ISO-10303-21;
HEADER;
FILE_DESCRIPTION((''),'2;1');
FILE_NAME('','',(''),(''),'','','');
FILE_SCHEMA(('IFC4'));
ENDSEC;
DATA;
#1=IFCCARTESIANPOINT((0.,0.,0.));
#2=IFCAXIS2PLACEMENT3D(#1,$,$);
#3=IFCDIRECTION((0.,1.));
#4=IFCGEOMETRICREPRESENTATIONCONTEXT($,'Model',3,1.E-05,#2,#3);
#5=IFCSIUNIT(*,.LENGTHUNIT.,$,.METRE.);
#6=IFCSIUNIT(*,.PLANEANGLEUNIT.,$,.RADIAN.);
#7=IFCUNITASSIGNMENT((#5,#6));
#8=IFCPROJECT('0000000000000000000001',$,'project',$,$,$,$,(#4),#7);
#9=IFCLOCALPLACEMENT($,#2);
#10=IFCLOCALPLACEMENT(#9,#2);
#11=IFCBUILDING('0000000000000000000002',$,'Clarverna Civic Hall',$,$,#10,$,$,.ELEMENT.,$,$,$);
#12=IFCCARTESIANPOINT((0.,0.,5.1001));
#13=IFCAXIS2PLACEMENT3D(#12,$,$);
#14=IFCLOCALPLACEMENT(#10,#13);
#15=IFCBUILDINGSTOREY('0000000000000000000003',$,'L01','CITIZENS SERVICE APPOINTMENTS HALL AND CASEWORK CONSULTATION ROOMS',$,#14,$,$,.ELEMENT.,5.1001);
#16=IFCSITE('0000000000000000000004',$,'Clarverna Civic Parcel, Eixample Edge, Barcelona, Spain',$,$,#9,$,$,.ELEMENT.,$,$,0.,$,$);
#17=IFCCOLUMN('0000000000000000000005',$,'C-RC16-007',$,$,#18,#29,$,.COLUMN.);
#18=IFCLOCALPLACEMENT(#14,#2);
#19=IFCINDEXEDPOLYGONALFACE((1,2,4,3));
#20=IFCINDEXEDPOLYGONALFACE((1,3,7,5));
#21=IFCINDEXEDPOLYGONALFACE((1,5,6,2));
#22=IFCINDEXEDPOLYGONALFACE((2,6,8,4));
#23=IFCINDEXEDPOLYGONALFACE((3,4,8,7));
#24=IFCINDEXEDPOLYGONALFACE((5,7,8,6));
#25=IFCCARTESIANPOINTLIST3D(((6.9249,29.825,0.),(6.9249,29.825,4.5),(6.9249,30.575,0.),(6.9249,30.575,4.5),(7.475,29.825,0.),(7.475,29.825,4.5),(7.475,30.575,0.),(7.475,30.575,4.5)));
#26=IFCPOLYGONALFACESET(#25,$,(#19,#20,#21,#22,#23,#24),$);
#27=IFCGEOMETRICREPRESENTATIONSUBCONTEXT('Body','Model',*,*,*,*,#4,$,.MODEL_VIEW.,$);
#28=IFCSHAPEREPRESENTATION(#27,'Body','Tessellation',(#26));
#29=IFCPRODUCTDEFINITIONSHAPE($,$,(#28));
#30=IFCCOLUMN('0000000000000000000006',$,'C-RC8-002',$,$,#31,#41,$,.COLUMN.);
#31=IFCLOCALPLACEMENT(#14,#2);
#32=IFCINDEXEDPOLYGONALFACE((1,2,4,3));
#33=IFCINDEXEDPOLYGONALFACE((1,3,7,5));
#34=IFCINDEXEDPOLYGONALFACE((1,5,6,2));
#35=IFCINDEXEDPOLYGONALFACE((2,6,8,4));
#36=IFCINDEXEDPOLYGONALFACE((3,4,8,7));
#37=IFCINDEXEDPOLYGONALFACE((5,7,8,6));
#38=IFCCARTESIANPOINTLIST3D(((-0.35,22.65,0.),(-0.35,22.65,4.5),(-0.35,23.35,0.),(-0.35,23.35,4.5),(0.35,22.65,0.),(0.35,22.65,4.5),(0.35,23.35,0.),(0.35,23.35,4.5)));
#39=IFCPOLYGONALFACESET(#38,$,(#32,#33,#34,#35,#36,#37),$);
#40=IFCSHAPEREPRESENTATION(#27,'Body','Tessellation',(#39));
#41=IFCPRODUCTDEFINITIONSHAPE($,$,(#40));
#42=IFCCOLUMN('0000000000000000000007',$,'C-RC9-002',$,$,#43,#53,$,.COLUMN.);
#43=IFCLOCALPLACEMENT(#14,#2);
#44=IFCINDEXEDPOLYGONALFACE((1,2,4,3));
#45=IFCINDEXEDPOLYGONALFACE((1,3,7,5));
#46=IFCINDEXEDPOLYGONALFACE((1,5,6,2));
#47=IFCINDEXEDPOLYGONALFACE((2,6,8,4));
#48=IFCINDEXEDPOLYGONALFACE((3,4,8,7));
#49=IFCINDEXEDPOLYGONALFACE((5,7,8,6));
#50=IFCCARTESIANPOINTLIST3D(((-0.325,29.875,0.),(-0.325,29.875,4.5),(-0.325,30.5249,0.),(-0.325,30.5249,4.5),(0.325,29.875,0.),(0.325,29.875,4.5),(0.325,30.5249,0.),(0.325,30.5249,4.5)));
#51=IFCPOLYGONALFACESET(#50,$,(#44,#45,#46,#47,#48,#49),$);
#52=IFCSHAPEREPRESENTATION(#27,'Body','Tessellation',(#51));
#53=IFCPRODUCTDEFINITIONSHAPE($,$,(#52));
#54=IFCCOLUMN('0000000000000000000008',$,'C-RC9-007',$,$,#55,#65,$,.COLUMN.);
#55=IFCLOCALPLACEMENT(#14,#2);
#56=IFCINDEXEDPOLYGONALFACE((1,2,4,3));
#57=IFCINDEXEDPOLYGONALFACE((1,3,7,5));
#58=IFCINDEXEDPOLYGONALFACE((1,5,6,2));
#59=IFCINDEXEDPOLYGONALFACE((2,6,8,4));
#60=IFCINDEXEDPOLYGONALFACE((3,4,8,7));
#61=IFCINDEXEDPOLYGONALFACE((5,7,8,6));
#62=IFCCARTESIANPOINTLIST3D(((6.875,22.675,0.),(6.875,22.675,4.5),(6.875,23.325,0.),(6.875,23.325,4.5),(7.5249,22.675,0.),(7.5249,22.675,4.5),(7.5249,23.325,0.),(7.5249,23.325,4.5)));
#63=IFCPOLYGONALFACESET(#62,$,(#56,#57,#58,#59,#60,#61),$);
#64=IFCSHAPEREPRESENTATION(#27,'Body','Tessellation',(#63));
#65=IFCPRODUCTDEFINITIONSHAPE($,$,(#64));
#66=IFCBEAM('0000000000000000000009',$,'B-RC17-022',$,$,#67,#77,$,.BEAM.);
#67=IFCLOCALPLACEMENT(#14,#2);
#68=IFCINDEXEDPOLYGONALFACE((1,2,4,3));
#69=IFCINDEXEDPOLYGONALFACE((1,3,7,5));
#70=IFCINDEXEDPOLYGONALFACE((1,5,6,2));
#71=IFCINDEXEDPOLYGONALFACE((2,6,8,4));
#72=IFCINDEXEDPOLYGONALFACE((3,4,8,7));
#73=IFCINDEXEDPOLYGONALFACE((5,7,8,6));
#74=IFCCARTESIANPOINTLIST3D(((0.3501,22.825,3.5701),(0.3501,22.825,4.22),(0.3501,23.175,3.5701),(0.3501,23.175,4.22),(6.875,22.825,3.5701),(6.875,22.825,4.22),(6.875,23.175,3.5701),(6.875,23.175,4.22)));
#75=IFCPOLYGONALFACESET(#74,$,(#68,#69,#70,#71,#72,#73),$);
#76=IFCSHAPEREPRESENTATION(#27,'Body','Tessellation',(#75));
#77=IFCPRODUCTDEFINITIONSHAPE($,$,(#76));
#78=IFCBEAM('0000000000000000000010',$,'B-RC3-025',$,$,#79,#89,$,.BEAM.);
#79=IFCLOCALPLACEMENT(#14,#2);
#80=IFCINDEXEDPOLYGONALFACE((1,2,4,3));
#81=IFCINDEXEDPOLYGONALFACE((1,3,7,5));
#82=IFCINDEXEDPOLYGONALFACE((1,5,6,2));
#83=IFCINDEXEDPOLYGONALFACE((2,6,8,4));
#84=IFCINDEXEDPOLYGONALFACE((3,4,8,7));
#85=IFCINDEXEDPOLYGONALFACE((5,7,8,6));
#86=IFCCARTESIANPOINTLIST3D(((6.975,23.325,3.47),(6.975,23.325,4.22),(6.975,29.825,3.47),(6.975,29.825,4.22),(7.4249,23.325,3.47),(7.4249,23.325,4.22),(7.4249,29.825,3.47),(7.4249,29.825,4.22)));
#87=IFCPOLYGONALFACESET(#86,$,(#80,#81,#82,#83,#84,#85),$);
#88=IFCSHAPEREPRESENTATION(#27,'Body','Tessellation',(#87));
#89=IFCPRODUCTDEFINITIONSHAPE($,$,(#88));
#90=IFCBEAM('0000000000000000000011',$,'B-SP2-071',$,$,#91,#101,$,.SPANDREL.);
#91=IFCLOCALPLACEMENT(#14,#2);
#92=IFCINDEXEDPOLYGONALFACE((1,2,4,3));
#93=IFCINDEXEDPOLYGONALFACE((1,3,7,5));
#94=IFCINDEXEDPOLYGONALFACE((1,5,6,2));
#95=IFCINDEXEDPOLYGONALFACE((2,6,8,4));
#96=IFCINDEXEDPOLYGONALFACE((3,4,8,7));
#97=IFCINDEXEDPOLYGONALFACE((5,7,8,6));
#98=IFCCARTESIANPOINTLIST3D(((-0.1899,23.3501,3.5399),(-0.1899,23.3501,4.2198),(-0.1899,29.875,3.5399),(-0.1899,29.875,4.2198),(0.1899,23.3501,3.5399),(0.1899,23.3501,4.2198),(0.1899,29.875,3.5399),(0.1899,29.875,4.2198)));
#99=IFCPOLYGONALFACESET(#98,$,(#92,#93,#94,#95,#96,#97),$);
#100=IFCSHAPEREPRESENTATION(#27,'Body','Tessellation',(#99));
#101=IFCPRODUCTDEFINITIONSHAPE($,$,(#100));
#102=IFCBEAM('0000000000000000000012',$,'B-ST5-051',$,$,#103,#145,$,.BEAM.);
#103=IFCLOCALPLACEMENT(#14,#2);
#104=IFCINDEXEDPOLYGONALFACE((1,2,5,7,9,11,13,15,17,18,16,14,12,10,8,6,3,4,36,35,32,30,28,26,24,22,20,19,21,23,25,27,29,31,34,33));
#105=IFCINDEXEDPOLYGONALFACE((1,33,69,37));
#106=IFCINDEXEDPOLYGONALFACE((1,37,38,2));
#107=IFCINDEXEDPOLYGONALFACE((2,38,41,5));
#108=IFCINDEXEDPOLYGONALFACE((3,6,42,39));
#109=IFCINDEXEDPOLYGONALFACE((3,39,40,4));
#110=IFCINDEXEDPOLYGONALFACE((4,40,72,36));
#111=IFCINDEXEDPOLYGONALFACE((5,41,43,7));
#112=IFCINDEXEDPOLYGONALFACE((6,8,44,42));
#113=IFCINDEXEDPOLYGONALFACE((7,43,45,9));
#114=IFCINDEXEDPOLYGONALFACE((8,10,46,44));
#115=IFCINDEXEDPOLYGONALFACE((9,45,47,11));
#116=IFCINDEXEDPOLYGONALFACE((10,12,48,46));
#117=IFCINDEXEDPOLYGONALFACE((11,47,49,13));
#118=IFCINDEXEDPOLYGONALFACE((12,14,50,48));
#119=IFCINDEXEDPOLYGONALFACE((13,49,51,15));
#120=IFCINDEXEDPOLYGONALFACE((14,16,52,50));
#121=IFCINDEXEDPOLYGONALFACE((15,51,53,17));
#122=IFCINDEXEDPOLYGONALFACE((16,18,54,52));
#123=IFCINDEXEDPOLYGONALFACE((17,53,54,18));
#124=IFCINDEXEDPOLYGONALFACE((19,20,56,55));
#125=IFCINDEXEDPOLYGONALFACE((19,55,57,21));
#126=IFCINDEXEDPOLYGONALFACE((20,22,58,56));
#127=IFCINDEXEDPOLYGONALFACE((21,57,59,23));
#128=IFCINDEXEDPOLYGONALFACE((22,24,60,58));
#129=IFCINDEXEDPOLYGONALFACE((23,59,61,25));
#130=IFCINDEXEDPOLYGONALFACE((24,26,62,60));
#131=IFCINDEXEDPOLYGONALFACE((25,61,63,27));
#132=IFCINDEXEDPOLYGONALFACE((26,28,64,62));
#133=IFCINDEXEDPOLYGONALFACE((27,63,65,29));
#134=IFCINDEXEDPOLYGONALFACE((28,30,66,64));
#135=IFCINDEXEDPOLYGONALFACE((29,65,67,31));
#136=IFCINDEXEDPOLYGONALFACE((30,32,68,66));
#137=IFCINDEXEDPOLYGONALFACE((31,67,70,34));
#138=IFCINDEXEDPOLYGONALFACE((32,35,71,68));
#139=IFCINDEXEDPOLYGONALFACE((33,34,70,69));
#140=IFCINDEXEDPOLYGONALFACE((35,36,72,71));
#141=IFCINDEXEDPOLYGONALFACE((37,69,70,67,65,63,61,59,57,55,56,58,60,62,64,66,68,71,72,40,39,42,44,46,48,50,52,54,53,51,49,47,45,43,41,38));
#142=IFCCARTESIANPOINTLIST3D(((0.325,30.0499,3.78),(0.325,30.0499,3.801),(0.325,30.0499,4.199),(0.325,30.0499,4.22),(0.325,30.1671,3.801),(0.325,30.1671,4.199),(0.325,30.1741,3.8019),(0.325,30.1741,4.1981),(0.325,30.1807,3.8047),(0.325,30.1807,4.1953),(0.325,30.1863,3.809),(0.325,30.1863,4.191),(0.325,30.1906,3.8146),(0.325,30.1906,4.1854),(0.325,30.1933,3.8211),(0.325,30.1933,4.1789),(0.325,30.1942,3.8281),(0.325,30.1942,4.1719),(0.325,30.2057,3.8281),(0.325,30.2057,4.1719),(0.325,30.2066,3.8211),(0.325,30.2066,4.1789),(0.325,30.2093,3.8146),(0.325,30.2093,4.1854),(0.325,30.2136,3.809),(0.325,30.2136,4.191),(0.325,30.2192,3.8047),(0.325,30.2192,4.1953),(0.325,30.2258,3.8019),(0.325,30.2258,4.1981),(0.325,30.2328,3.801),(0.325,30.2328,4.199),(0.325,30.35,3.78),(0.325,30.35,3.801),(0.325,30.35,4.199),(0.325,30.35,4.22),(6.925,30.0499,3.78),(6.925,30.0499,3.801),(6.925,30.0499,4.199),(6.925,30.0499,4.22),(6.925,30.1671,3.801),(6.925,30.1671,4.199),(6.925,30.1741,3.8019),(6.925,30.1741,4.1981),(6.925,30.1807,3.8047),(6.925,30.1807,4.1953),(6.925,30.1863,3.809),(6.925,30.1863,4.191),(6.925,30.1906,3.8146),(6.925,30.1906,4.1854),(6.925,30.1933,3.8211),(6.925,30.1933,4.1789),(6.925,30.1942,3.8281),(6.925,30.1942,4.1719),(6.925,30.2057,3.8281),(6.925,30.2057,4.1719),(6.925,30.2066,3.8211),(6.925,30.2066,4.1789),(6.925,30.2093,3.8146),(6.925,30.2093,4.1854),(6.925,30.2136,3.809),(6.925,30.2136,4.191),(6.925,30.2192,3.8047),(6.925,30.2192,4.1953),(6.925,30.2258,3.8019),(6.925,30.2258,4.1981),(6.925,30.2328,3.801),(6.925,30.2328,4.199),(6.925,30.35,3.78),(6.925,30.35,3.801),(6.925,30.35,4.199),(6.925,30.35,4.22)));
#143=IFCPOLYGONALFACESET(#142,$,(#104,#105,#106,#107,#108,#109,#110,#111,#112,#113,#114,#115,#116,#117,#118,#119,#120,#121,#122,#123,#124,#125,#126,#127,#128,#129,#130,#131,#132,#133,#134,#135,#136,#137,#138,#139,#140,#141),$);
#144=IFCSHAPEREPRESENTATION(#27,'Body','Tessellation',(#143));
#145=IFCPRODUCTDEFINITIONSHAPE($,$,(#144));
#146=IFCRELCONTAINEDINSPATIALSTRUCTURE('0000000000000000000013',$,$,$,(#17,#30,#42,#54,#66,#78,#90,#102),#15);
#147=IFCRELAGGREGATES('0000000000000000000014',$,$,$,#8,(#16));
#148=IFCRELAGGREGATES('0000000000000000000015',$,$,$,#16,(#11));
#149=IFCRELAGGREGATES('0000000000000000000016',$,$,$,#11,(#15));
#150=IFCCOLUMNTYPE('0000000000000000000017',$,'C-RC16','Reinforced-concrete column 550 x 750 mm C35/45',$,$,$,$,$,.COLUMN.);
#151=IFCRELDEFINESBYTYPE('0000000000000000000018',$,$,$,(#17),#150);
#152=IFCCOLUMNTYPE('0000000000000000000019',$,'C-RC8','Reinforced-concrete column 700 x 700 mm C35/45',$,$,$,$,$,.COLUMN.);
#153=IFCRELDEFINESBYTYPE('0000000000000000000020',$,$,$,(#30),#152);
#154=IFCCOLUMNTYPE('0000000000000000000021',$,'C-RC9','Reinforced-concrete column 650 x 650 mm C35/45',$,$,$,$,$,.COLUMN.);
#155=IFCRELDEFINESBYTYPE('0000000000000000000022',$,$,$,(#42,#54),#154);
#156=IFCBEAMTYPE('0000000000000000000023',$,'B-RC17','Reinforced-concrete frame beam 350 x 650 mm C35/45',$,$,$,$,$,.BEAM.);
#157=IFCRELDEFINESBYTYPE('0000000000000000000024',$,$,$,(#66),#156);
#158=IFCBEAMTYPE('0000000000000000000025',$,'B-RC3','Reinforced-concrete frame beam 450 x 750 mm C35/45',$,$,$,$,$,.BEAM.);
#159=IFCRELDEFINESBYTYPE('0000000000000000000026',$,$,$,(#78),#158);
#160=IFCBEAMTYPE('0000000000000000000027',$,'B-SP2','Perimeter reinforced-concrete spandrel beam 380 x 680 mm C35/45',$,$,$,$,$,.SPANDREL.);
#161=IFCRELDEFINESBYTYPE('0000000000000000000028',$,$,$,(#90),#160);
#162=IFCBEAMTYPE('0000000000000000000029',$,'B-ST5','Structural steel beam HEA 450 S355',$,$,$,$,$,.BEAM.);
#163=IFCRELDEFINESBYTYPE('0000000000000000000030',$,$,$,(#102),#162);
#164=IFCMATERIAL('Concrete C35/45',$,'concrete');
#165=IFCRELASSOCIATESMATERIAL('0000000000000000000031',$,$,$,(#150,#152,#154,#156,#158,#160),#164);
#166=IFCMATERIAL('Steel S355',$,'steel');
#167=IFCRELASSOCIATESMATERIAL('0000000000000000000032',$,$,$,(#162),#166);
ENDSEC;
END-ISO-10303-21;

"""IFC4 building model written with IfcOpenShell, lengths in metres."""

from ifc_helpers import new_model, si_unit, direction, frame, origin, origin_2d, place, context, subcontext, project, spatial, rectangle, i_section, extrude, material, material_profile, profile_set, type_object, element, save


model = new_model("IFC4")

# Units and contexts
model_context = context("Model", 3, precision=1e-05, world=origin(), true_north=direction((0.0, 1.0)))
body_context = subcontext(model_context, "Body", "Model", "MODEL_VIEW")
ifc_project = project(units=[si_unit("LENGTHUNIT", "METRE"), si_unit("PLANEANGLEUNIT", "RADIAN")], contexts=[model_context])

# Site, building, storey
site_placement = place(None, origin())
site = spatial("IfcSite", under=ifc_project, at=site_placement, Name="Clarverna Civic Parcel, Eixample Edge, Barcelona, Spain", CompositionType="ELEMENT", RefElevation=0.0)
building_placement = place(site_placement, origin())
building = spatial("IfcBuilding", under=site, at=building_placement, Name="Clarverna Civic Hall", CompositionType="ELEMENT")
storey_placement = place(building_placement, frame((0.0, 0.0, 5.1001)))
storey = spatial("IfcBuildingStorey", under=building, at=storey_placement, Name="L01", Description="CITIZENS SERVICE APPOINTMENTS HALL AND CASEWORK CONSULTATION ROOMS", CompositionType="ELEMENT", Elevation=5.1001)

# Columns
ifc_material_1 = material(Name="Concrete C35/45", Category="concrete")
ifc_material_profile_1 = material_profile(ifc_material_1, rectangle(XDim=0.55, YDim=0.75, at=origin_2d()), Name="RC 550x750")
ifc_profile_set_1 = profile_set([ifc_material_profile_1], Name="Concrete C35/45")
column_type_1 = type_object("IfcColumnType", Name="C-RC16", Description="Reinforced-concrete column 550 x 750 mm C35/45", PredefinedType="COLUMN", material=ifc_profile_set_1)
column_1_placement = place(storey_placement, frame((7.2, 30.2, 0.0), z_axis=(0.0, 0.0, 1.0), x_axis=(1.0, 0.0, 0.0)))
element("IfcColumn", 1, at=column_1_placement, inside=storey, type_object=column_type_1, Name="C-RC16-007", PredefinedType="COLUMN", context=body_context, shape_type="SweptSolid", body=[
    extrude(rectangle(XDim=0.55, YDim=0.75, at=origin_2d()), origin(), (0.0, 0.0, 1.0), 4.5),
])
ifc_material_profile_2 = material_profile(ifc_material_1, rectangle(XDim=0.7, YDim=0.7, at=origin_2d()), Name="RC 700x700")
ifc_profile_set_2 = profile_set([ifc_material_profile_2], Name="Concrete C35/45")
column_type_2 = type_object("IfcColumnType", Name="C-RC8", Description="Reinforced-concrete column 700 x 700 mm C35/45", PredefinedType="COLUMN", material=ifc_profile_set_2)
column_2_placement = place(storey_placement, frame((0.0, 23.0, 0.0), z_axis=(0.0, 0.0, 1.0), x_axis=(1.0, 0.0, 0.0)))
element("IfcColumn", 2, at=column_2_placement, inside=storey, type_object=column_type_2, Name="C-RC8-002", PredefinedType="COLUMN", context=body_context, shape_type="SweptSolid", body=[
    extrude(rectangle(XDim=0.7, YDim=0.7, at=origin_2d()), origin(), (0.0, 0.0, 1.0), 4.5),
])
ifc_material_profile_3 = material_profile(ifc_material_1, rectangle(XDim=0.6499, YDim=0.6499, at=origin_2d()), Name="RC 650x650")
ifc_profile_set_3 = profile_set([ifc_material_profile_3], Name="Concrete C35/45")
column_type_3 = type_object("IfcColumnType", Name="C-RC9", Description="Reinforced-concrete column 650 x 650 mm C35/45", PredefinedType="COLUMN", material=ifc_profile_set_3)
for number, where, z_axis, x_axis, name in (
    (3, (0.0, 30.2, 0.0), (0.0, 0.0, 1.0), (1.0, 0.0, 0.0), "C-RC9-002"),
    (4, (7.2, 23.0, 0.0), (0.0, 0.0, 1.0), (1.0, 0.0, 0.0), "C-RC9-007"),
):
    element("IfcColumn", number, at=place(storey_placement, frame(where, z_axis=z_axis, x_axis=x_axis)), inside=storey, type_object=column_type_3, Name=name, PredefinedType="COLUMN", context=body_context, shape_type="SweptSolid", body=[
        extrude(rectangle(XDim=0.6499, YDim=0.6499, at=origin_2d()), origin(), (0.0, 0.0, 1.0), 4.5),
    ])

# Beams
ifc_material_profile_4 = material_profile(ifc_material_1, rectangle(XDim=0.3501, YDim=0.6499, at=origin_2d()), Name="RC 350x650")
ifc_profile_set_4 = profile_set([ifc_material_profile_4], Name="Concrete C35/45")
beam_type_1 = type_object("IfcBeamType", Name="B-RC17", Description="Reinforced-concrete frame beam 350 x 650 mm C35/45", PredefinedType="BEAM", material=ifc_profile_set_4)
beam_1_placement = place(storey_placement, frame((0.3501, 23.0, 3.895), z_axis=(1.0, 0.0, 0.0), x_axis=(0.0, 1.0, 0.0)))
element("IfcBeam", 5, at=beam_1_placement, inside=storey, type_object=beam_type_1, Name="B-RC17-022", PredefinedType="BEAM", context=body_context, shape_type="SweptSolid", body=[
    extrude(rectangle(XDim=0.3501, YDim=0.6499, at=origin_2d()), origin(), (0.0, 0.0, 1.0), 6.5249),
])
ifc_material_profile_5 = material_profile(ifc_material_1, rectangle(XDim=0.45, YDim=0.75, at=origin_2d()), Name="RC 450x750")
ifc_profile_set_5 = profile_set([ifc_material_profile_5], Name="Concrete C35/45")
beam_type_2 = type_object("IfcBeamType", Name="B-RC3", Description="Reinforced-concrete frame beam 450 x 750 mm C35/45", PredefinedType="BEAM", material=ifc_profile_set_5)
beam_2_placement = place(storey_placement, frame((7.2, 23.325, 3.845), z_axis=(0.0, 1.0, 0.0), x_axis=(-1.0, 0.0, 0.0)))
element("IfcBeam", 6, at=beam_2_placement, inside=storey, type_object=beam_type_2, Name="B-RC3-025", PredefinedType="BEAM", context=body_context, shape_type="SweptSolid", body=[
    extrude(rectangle(XDim=0.45, YDim=0.75, at=origin_2d()), origin(), (0.0, 0.0, 1.0), 6.5),
])
ifc_material_profile_6 = material_profile(ifc_material_1, rectangle(XDim=0.3799, YDim=0.6799, at=origin_2d()), Name="RC 380x680")
ifc_profile_set_6 = profile_set([ifc_material_profile_6], Name="Concrete C35/45")
beam_type_3 = type_object("IfcBeamType", Name="B-SP2", Description="Perimeter reinforced-concrete spandrel beam 380 x 680 mm C35/45", PredefinedType="SPANDREL", material=ifc_profile_set_6)
beam_3_placement = place(storey_placement, frame((0.0, 23.3501, 3.8799), z_axis=(0.0, 1.0, 0.0), x_axis=(-1.0, 0.0, 0.0)))
element("IfcBeam", 7, at=beam_3_placement, inside=storey, type_object=beam_type_3, Name="B-SP2-071", PredefinedType="SPANDREL", context=body_context, shape_type="SweptSolid", body=[
    extrude(rectangle(XDim=0.3799, YDim=0.6799, at=origin_2d()), origin(), (0.0, 0.0, 1.0), 6.5249),
])
ifc_material_2 = material(Name="Steel S355", Category="steel")
ifc_material_profile_7 = material_profile(ifc_material_2, i_section(OverallWidth=0.3, OverallDepth=0.4399, WebThickness=0.0115, FlangeThickness=0.021, FilletRadius=0.0271, at=origin_2d()), Name="HEA 450")
ifc_profile_set_7 = profile_set([ifc_material_profile_7], Name="Steel S355")
beam_type_4 = type_object("IfcBeamType", Name="B-ST5", Description="Structural steel beam HEA 450 S355", PredefinedType="BEAM", material=ifc_profile_set_7)
beam_4_placement = place(storey_placement, frame((0.325, 30.2, 4.0), z_axis=(1.0, 0.0, 0.0), x_axis=(0.0, 1.0, 0.0)))
element("IfcBeam", 8, at=beam_4_placement, inside=storey, type_object=beam_type_4, Name="B-ST5-051", PredefinedType="BEAM", context=body_context, shape_type="SweptSolid", body=[
    extrude(i_section(OverallWidth=0.3, OverallDepth=0.4399, WebThickness=0.0115, FlangeThickness=0.021, FilletRadius=0.0271, at=origin_2d()), origin(), (0.0, 0.0, 1.0), 6.6001),
])

save(model, "model.ifc")
